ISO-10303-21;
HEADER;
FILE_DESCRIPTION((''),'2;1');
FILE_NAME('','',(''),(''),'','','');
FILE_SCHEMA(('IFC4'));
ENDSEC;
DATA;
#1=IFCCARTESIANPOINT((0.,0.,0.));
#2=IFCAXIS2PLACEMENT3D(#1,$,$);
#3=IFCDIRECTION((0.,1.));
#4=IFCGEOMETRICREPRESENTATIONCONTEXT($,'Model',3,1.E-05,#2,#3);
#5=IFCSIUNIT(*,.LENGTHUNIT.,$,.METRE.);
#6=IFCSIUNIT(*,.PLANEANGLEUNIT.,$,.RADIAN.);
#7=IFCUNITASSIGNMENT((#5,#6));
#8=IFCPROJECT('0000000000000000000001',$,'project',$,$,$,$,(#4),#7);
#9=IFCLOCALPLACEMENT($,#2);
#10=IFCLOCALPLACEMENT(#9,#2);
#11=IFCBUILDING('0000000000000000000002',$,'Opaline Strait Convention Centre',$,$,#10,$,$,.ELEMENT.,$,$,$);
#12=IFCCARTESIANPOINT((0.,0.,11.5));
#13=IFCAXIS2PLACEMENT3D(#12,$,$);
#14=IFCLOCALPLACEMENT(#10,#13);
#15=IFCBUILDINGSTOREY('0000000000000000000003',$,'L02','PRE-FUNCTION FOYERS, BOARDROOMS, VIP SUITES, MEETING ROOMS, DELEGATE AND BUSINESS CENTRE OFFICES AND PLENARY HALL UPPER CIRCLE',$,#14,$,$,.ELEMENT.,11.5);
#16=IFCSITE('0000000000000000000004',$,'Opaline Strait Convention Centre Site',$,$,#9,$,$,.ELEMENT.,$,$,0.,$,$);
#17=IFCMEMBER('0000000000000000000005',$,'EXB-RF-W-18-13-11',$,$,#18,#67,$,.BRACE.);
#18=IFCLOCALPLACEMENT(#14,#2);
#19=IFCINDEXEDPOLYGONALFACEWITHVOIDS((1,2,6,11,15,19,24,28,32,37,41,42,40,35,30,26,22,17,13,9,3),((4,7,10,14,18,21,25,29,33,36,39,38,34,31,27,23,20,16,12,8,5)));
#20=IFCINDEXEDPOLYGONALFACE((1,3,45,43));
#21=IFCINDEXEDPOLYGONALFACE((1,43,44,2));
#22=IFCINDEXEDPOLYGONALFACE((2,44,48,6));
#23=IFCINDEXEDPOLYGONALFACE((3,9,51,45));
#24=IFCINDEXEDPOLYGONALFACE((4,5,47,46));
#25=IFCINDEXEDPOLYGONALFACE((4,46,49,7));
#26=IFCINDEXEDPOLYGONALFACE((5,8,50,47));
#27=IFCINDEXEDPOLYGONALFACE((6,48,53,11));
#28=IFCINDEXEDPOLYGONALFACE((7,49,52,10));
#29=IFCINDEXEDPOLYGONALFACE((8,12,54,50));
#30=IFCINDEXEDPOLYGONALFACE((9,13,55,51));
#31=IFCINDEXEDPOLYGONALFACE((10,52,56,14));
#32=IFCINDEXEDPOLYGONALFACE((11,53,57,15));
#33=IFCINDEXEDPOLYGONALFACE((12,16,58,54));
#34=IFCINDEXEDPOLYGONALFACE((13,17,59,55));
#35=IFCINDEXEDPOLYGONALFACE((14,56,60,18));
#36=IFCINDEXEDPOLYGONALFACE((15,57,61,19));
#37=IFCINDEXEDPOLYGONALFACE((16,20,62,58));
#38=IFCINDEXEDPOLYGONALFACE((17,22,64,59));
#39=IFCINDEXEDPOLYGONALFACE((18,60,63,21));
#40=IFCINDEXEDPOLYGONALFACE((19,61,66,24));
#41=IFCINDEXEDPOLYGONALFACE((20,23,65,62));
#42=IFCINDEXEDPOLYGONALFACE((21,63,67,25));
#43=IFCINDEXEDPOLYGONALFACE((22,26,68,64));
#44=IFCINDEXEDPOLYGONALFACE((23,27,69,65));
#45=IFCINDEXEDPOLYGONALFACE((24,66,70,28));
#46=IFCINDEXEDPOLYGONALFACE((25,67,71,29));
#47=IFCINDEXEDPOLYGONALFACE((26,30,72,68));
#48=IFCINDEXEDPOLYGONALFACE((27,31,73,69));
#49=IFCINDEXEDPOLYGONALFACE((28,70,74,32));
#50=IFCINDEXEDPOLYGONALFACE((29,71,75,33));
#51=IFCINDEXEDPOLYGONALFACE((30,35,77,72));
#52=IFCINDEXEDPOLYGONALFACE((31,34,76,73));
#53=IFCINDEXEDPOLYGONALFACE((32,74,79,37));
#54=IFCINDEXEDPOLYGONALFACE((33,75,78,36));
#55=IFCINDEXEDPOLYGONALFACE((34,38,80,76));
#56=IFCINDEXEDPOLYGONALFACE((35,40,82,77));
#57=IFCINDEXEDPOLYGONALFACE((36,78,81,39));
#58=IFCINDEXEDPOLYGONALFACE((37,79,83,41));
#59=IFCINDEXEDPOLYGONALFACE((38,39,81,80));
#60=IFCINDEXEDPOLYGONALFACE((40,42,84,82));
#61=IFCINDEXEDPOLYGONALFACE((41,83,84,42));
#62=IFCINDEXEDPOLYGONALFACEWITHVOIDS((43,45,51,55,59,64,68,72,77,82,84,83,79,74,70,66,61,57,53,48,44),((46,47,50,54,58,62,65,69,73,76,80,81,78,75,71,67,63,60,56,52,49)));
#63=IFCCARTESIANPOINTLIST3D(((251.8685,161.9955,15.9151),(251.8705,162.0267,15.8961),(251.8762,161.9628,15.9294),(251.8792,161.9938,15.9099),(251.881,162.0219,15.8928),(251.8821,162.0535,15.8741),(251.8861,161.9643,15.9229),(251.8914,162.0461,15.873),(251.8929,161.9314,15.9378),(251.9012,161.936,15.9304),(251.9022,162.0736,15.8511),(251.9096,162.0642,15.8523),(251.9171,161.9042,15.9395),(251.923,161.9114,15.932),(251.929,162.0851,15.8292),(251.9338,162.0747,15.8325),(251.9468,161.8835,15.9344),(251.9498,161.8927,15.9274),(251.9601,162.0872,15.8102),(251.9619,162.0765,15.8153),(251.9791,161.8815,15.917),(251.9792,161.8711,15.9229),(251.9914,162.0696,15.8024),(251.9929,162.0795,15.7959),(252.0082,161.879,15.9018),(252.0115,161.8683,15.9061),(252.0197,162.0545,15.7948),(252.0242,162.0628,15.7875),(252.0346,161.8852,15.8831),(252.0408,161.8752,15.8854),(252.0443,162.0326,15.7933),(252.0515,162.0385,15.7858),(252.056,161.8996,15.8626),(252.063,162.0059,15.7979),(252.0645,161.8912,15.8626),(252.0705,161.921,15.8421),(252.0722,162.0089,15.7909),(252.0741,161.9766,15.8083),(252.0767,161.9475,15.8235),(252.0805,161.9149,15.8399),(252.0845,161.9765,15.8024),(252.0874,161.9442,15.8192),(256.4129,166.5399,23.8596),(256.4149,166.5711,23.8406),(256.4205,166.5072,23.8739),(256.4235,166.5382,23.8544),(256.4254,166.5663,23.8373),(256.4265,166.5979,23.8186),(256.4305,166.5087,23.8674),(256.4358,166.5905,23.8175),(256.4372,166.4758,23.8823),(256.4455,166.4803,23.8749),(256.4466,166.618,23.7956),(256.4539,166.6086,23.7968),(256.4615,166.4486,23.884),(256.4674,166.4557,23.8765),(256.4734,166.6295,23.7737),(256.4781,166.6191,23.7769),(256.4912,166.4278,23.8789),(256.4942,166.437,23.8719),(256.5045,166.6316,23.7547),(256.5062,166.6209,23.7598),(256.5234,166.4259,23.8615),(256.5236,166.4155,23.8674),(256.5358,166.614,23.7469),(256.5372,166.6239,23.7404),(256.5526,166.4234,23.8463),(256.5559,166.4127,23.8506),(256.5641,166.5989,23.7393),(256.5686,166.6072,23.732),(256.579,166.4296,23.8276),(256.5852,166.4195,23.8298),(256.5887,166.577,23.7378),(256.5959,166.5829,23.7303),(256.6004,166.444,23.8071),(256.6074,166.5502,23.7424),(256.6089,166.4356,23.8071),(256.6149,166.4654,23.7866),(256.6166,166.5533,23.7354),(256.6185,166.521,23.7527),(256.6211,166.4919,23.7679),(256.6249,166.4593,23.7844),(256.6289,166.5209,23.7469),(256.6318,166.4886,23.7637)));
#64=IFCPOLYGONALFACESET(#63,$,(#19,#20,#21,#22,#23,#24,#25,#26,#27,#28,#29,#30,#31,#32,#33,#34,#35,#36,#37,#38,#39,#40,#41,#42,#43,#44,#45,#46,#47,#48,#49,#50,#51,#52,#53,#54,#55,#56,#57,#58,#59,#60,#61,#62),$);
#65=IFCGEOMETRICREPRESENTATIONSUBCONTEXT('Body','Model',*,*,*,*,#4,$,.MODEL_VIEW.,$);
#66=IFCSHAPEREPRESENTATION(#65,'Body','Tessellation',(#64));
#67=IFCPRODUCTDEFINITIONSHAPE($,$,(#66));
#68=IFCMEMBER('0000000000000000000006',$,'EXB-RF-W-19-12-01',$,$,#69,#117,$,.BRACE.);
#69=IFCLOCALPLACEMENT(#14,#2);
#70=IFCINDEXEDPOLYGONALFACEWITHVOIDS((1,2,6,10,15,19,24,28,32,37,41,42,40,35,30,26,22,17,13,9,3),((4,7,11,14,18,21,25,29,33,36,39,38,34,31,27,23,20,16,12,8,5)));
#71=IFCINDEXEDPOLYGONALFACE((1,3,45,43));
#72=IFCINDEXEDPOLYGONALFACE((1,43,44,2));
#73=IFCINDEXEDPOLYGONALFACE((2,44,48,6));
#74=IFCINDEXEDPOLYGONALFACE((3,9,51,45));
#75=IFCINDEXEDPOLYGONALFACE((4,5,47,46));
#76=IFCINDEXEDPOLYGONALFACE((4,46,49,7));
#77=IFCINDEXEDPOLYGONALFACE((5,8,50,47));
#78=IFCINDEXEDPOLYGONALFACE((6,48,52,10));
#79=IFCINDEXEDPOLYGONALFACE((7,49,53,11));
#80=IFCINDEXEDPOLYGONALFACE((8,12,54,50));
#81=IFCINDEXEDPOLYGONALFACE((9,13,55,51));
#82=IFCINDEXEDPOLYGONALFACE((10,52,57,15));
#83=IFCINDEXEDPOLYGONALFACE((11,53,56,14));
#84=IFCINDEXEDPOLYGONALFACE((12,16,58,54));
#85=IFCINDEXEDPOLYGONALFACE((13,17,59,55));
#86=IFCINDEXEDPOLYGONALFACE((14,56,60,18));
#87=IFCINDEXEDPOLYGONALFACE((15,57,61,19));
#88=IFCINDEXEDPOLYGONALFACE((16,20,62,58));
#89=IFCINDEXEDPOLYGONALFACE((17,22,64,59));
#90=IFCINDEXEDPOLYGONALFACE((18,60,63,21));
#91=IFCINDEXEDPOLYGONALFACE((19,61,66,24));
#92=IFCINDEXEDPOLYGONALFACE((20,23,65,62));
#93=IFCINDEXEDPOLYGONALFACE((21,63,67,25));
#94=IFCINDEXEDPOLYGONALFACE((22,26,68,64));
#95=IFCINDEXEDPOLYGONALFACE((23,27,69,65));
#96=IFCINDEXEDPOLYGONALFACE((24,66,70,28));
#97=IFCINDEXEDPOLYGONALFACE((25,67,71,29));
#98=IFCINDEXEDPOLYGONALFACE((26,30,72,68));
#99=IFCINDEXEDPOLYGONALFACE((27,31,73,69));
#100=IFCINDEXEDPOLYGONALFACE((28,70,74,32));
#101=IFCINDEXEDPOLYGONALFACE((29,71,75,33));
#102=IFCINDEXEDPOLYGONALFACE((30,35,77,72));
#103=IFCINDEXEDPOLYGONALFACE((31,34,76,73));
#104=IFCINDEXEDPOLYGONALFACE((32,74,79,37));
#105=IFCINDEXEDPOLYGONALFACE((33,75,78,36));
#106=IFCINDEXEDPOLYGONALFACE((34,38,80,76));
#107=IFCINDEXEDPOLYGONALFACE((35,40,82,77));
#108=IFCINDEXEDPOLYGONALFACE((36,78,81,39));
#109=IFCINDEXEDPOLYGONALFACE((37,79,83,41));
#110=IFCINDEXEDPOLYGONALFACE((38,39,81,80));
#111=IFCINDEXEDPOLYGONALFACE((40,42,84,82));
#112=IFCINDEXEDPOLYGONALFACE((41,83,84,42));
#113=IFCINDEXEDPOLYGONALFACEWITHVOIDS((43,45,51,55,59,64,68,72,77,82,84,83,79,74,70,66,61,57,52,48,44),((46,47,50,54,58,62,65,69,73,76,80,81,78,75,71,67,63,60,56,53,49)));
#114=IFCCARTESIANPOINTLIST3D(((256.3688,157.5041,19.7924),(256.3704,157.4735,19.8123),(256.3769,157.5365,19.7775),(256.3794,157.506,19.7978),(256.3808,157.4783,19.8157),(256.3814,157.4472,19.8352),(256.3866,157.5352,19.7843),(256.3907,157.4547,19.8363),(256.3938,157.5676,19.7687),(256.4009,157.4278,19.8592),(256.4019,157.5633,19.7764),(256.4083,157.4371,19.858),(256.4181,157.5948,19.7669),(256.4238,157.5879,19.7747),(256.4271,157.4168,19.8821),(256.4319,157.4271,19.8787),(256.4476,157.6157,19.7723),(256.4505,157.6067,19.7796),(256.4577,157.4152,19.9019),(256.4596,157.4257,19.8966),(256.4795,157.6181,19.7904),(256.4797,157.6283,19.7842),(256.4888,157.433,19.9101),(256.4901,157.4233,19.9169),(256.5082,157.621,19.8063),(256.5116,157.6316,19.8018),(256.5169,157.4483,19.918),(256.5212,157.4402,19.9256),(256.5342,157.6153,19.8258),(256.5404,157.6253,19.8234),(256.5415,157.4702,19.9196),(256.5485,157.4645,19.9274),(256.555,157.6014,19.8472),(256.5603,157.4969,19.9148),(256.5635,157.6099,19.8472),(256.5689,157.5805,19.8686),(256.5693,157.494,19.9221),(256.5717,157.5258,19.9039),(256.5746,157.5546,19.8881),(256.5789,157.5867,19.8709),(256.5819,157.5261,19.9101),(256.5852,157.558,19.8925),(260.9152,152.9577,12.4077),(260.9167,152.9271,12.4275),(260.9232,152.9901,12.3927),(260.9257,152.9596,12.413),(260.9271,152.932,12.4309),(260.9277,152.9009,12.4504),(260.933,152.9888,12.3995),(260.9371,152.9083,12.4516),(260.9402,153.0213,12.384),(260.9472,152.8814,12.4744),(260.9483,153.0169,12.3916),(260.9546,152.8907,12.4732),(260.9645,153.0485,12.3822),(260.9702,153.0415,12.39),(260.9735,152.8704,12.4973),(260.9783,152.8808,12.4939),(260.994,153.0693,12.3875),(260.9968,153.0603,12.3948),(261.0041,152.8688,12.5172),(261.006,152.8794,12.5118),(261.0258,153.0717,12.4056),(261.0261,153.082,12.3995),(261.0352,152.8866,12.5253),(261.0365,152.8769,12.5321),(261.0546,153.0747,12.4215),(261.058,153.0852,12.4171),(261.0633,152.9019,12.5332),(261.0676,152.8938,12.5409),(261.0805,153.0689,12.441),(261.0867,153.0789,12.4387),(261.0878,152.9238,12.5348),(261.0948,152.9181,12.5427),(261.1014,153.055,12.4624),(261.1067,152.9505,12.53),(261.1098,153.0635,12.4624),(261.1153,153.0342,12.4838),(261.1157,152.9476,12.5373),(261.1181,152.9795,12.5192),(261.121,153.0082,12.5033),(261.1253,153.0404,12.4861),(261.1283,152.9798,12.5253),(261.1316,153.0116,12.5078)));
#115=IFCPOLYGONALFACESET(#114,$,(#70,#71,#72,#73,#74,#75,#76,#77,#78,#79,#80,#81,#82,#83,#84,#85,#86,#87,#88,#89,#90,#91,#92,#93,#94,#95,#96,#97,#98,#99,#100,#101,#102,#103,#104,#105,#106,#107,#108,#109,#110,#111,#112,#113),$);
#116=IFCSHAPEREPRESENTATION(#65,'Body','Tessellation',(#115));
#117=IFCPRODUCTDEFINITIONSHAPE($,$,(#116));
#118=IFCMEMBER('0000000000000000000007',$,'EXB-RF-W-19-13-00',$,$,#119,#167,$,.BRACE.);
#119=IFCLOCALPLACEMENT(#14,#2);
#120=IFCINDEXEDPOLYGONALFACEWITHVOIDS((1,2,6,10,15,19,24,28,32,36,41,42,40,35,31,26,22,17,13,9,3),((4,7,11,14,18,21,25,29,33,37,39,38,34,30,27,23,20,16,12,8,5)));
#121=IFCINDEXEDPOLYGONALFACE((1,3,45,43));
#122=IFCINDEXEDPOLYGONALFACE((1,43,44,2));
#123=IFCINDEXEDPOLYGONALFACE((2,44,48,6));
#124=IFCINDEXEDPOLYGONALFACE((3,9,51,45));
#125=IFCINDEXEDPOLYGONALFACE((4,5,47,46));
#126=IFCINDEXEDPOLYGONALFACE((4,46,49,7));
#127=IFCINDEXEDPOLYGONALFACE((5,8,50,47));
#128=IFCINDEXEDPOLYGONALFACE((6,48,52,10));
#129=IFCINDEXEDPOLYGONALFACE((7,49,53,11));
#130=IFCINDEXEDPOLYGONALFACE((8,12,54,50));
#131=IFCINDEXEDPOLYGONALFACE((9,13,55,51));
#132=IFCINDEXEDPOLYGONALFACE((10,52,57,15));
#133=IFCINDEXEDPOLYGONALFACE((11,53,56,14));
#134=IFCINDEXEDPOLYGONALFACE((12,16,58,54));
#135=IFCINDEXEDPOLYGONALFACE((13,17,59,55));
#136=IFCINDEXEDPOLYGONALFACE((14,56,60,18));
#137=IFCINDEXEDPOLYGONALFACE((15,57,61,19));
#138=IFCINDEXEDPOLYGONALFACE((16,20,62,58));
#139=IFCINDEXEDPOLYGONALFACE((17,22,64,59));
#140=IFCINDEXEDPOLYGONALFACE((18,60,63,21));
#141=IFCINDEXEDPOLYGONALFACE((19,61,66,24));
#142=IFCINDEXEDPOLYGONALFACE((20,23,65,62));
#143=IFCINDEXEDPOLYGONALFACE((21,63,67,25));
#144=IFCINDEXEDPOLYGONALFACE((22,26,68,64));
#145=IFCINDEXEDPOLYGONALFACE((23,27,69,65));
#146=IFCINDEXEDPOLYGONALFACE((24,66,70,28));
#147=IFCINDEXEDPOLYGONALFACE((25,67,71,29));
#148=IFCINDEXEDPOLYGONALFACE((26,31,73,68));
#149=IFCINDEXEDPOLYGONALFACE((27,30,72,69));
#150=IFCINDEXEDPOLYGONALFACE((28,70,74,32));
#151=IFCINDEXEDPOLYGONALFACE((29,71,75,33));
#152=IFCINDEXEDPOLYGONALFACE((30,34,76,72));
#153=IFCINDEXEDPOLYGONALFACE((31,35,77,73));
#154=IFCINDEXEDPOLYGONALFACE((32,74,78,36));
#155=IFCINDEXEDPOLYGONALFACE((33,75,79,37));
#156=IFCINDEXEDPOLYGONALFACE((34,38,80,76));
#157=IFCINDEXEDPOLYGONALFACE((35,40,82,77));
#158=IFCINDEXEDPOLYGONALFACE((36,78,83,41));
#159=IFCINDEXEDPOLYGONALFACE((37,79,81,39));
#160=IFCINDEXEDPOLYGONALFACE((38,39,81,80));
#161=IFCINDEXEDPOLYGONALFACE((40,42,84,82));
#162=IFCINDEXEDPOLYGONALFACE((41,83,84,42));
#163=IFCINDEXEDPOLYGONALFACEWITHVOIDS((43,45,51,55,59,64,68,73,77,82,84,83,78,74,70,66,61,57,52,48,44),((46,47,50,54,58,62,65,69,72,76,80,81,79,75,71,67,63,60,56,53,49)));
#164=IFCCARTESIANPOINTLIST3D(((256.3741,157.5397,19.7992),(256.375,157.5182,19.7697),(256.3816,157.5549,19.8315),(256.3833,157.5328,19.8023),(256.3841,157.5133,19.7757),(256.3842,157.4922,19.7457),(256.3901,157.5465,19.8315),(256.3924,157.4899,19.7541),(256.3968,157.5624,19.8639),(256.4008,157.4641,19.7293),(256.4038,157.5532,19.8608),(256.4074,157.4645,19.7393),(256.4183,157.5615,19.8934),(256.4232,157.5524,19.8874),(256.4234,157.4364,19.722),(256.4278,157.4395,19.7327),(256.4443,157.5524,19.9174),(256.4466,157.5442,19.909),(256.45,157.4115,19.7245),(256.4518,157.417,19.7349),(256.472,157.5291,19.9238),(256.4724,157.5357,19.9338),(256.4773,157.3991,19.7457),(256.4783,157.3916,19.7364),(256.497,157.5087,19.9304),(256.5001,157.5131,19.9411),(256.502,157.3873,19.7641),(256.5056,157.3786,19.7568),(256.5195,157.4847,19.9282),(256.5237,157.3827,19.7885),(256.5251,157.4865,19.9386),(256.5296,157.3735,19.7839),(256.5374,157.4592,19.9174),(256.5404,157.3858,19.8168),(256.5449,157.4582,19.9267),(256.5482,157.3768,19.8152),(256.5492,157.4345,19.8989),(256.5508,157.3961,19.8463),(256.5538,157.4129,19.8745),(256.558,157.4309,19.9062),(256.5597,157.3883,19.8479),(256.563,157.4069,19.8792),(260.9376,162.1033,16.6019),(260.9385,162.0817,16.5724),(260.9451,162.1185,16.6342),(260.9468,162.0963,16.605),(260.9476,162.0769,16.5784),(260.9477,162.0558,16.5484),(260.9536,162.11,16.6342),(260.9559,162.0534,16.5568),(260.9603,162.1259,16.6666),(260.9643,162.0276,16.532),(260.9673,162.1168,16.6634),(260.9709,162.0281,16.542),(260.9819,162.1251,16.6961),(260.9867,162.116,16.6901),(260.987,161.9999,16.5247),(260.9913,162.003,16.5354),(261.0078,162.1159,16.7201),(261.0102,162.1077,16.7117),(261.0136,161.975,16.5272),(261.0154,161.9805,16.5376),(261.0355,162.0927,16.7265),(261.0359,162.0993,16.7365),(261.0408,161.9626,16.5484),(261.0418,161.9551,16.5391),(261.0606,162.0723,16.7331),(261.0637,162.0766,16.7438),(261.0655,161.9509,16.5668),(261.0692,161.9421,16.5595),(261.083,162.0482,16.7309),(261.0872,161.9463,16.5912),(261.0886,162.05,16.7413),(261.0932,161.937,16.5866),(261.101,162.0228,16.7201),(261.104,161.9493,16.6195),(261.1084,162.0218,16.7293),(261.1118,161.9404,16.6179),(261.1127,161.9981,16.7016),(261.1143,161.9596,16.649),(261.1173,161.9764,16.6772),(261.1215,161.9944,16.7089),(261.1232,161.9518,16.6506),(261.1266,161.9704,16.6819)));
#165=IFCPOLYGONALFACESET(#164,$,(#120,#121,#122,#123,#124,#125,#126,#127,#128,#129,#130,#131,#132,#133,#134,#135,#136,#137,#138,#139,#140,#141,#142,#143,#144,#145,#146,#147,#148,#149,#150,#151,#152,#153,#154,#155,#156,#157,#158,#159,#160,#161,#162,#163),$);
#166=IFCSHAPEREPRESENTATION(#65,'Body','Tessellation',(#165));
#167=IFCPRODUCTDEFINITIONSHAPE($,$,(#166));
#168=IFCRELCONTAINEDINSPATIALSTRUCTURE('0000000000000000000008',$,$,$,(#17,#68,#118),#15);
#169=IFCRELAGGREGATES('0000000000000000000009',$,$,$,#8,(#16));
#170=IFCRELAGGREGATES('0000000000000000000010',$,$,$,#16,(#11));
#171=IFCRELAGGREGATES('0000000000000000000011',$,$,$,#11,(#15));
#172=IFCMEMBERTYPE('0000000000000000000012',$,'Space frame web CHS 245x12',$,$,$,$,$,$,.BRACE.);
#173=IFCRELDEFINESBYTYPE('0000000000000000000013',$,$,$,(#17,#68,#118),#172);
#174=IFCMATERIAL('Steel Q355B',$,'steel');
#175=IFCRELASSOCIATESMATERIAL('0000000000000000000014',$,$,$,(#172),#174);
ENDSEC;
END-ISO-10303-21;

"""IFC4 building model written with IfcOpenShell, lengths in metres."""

from ifc_helpers import new_model, si_unit, direction, frame, origin, origin_2d, place, context, subcontext, project, spatial, hollow_circle, extrude, material, material_profile, profile_set, type_object, element, save


model = new_model("IFC4")

# Units and contexts
model_context = context("Model", 3, precision=1e-05, world=origin(), true_north=direction((0.0, 1.0)))
body_context = subcontext(model_context, "Body", "Model", "MODEL_VIEW")
ifc_project = project(units=[si_unit("LENGTHUNIT", "METRE"), si_unit("PLANEANGLEUNIT", "RADIAN")], contexts=[model_context])

# Site, building, storey
site_placement = place(None, origin())
site = spatial("IfcSite", under=ifc_project, at=site_placement, Name="Opaline Strait Convention Centre Site", CompositionType="ELEMENT", RefElevation=0.0)
building_placement = place(site_placement, origin())
building = spatial("IfcBuilding", under=site, at=building_placement, Name="Opaline Strait Convention Centre", CompositionType="ELEMENT")
storey_placement = place(building_placement, frame((0.0, 0.0, 11.5)))
storey = spatial("IfcBuildingStorey", under=building, at=storey_placement, Name="L02", Description="PRE-FUNCTION FOYERS, BOARDROOMS, VIP SUITES, MEETING ROOMS, DELEGATE AND BUSINESS CENTRE OFFICES AND PLENARY HALL UPPER CIRCLE", CompositionType="ELEMENT", Elevation=11.5)

# Members
ifc_material_1 = material(Name="Steel Q355B", Category="steel")
ifc_material_profile_1 = material_profile(ifc_material_1, hollow_circle(Radius=0.1226, WallThickness=0.012, at=origin_2d()), Name="CHS 245x12")
ifc_profile_set_1 = profile_set([ifc_material_profile_1], Name="Steel Q355B")
member_type_1 = type_object("IfcMemberType", Name="Space frame web CHS 245x12", PredefinedType="BRACE", material=ifc_profile_set_1)
member_1_placement = place(storey_placement, frame((256.5222, 166.5222, 23.8071), z_axis=(-0.444721, -0.444721, -0.777461), x_axis=(0.707107, -0.707107, 0.0)))
element("IfcMember", 1, at=member_1_placement, inside=storey, type_object=member_type_1, Name="EXB-RF-W-18-13-11", PredefinedType="BRACE", context=body_context, shape_type="SweptSolid", body=[
    extrude(hollow_circle(Radius=0.1226, WallThickness=0.012, at=origin_2d()), origin(), (0.0, 0.0, 1.0), 10.2185),
])
member_2_placement = place(storey_placement, frame((256.4768, 157.5232, 19.8472), z_axis=(0.464318, -0.464318, -0.754199), x_axis=(0.707107, 0.707107, 0.0)))
element("IfcMember", 2, at=member_2_placement, inside=storey, type_object=member_type_1, Name="EXB-RF-W-19-12-01", PredefinedType="BRACE", context=body_context, shape_type="SweptSolid", body=[
    extrude(hollow_circle(Radius=0.1226, WallThickness=0.012, at=origin_2d()), origin(), (0.0, 0.0, 1.0), 9.7915),
])
member_3_placement = place(storey_placement, frame((256.4683, 157.4683, 19.8315), z_axis=(0.633614, 0.633614, -0.443923), x_axis=(-0.707107, 0.707107, 0.0)))
element("IfcMember", 3, at=member_3_placement, inside=storey, type_object=member_type_1, Name="EXB-RF-W-19-13-00", PredefinedType="BRACE", context=body_context, shape_type="SweptSolid", body=[
    extrude(hollow_circle(Radius=0.1226, WallThickness=0.012, at=origin_2d()), origin(), (0.0, 0.0, 1.0), 7.2024),
])

save(model, "model.ifc")
